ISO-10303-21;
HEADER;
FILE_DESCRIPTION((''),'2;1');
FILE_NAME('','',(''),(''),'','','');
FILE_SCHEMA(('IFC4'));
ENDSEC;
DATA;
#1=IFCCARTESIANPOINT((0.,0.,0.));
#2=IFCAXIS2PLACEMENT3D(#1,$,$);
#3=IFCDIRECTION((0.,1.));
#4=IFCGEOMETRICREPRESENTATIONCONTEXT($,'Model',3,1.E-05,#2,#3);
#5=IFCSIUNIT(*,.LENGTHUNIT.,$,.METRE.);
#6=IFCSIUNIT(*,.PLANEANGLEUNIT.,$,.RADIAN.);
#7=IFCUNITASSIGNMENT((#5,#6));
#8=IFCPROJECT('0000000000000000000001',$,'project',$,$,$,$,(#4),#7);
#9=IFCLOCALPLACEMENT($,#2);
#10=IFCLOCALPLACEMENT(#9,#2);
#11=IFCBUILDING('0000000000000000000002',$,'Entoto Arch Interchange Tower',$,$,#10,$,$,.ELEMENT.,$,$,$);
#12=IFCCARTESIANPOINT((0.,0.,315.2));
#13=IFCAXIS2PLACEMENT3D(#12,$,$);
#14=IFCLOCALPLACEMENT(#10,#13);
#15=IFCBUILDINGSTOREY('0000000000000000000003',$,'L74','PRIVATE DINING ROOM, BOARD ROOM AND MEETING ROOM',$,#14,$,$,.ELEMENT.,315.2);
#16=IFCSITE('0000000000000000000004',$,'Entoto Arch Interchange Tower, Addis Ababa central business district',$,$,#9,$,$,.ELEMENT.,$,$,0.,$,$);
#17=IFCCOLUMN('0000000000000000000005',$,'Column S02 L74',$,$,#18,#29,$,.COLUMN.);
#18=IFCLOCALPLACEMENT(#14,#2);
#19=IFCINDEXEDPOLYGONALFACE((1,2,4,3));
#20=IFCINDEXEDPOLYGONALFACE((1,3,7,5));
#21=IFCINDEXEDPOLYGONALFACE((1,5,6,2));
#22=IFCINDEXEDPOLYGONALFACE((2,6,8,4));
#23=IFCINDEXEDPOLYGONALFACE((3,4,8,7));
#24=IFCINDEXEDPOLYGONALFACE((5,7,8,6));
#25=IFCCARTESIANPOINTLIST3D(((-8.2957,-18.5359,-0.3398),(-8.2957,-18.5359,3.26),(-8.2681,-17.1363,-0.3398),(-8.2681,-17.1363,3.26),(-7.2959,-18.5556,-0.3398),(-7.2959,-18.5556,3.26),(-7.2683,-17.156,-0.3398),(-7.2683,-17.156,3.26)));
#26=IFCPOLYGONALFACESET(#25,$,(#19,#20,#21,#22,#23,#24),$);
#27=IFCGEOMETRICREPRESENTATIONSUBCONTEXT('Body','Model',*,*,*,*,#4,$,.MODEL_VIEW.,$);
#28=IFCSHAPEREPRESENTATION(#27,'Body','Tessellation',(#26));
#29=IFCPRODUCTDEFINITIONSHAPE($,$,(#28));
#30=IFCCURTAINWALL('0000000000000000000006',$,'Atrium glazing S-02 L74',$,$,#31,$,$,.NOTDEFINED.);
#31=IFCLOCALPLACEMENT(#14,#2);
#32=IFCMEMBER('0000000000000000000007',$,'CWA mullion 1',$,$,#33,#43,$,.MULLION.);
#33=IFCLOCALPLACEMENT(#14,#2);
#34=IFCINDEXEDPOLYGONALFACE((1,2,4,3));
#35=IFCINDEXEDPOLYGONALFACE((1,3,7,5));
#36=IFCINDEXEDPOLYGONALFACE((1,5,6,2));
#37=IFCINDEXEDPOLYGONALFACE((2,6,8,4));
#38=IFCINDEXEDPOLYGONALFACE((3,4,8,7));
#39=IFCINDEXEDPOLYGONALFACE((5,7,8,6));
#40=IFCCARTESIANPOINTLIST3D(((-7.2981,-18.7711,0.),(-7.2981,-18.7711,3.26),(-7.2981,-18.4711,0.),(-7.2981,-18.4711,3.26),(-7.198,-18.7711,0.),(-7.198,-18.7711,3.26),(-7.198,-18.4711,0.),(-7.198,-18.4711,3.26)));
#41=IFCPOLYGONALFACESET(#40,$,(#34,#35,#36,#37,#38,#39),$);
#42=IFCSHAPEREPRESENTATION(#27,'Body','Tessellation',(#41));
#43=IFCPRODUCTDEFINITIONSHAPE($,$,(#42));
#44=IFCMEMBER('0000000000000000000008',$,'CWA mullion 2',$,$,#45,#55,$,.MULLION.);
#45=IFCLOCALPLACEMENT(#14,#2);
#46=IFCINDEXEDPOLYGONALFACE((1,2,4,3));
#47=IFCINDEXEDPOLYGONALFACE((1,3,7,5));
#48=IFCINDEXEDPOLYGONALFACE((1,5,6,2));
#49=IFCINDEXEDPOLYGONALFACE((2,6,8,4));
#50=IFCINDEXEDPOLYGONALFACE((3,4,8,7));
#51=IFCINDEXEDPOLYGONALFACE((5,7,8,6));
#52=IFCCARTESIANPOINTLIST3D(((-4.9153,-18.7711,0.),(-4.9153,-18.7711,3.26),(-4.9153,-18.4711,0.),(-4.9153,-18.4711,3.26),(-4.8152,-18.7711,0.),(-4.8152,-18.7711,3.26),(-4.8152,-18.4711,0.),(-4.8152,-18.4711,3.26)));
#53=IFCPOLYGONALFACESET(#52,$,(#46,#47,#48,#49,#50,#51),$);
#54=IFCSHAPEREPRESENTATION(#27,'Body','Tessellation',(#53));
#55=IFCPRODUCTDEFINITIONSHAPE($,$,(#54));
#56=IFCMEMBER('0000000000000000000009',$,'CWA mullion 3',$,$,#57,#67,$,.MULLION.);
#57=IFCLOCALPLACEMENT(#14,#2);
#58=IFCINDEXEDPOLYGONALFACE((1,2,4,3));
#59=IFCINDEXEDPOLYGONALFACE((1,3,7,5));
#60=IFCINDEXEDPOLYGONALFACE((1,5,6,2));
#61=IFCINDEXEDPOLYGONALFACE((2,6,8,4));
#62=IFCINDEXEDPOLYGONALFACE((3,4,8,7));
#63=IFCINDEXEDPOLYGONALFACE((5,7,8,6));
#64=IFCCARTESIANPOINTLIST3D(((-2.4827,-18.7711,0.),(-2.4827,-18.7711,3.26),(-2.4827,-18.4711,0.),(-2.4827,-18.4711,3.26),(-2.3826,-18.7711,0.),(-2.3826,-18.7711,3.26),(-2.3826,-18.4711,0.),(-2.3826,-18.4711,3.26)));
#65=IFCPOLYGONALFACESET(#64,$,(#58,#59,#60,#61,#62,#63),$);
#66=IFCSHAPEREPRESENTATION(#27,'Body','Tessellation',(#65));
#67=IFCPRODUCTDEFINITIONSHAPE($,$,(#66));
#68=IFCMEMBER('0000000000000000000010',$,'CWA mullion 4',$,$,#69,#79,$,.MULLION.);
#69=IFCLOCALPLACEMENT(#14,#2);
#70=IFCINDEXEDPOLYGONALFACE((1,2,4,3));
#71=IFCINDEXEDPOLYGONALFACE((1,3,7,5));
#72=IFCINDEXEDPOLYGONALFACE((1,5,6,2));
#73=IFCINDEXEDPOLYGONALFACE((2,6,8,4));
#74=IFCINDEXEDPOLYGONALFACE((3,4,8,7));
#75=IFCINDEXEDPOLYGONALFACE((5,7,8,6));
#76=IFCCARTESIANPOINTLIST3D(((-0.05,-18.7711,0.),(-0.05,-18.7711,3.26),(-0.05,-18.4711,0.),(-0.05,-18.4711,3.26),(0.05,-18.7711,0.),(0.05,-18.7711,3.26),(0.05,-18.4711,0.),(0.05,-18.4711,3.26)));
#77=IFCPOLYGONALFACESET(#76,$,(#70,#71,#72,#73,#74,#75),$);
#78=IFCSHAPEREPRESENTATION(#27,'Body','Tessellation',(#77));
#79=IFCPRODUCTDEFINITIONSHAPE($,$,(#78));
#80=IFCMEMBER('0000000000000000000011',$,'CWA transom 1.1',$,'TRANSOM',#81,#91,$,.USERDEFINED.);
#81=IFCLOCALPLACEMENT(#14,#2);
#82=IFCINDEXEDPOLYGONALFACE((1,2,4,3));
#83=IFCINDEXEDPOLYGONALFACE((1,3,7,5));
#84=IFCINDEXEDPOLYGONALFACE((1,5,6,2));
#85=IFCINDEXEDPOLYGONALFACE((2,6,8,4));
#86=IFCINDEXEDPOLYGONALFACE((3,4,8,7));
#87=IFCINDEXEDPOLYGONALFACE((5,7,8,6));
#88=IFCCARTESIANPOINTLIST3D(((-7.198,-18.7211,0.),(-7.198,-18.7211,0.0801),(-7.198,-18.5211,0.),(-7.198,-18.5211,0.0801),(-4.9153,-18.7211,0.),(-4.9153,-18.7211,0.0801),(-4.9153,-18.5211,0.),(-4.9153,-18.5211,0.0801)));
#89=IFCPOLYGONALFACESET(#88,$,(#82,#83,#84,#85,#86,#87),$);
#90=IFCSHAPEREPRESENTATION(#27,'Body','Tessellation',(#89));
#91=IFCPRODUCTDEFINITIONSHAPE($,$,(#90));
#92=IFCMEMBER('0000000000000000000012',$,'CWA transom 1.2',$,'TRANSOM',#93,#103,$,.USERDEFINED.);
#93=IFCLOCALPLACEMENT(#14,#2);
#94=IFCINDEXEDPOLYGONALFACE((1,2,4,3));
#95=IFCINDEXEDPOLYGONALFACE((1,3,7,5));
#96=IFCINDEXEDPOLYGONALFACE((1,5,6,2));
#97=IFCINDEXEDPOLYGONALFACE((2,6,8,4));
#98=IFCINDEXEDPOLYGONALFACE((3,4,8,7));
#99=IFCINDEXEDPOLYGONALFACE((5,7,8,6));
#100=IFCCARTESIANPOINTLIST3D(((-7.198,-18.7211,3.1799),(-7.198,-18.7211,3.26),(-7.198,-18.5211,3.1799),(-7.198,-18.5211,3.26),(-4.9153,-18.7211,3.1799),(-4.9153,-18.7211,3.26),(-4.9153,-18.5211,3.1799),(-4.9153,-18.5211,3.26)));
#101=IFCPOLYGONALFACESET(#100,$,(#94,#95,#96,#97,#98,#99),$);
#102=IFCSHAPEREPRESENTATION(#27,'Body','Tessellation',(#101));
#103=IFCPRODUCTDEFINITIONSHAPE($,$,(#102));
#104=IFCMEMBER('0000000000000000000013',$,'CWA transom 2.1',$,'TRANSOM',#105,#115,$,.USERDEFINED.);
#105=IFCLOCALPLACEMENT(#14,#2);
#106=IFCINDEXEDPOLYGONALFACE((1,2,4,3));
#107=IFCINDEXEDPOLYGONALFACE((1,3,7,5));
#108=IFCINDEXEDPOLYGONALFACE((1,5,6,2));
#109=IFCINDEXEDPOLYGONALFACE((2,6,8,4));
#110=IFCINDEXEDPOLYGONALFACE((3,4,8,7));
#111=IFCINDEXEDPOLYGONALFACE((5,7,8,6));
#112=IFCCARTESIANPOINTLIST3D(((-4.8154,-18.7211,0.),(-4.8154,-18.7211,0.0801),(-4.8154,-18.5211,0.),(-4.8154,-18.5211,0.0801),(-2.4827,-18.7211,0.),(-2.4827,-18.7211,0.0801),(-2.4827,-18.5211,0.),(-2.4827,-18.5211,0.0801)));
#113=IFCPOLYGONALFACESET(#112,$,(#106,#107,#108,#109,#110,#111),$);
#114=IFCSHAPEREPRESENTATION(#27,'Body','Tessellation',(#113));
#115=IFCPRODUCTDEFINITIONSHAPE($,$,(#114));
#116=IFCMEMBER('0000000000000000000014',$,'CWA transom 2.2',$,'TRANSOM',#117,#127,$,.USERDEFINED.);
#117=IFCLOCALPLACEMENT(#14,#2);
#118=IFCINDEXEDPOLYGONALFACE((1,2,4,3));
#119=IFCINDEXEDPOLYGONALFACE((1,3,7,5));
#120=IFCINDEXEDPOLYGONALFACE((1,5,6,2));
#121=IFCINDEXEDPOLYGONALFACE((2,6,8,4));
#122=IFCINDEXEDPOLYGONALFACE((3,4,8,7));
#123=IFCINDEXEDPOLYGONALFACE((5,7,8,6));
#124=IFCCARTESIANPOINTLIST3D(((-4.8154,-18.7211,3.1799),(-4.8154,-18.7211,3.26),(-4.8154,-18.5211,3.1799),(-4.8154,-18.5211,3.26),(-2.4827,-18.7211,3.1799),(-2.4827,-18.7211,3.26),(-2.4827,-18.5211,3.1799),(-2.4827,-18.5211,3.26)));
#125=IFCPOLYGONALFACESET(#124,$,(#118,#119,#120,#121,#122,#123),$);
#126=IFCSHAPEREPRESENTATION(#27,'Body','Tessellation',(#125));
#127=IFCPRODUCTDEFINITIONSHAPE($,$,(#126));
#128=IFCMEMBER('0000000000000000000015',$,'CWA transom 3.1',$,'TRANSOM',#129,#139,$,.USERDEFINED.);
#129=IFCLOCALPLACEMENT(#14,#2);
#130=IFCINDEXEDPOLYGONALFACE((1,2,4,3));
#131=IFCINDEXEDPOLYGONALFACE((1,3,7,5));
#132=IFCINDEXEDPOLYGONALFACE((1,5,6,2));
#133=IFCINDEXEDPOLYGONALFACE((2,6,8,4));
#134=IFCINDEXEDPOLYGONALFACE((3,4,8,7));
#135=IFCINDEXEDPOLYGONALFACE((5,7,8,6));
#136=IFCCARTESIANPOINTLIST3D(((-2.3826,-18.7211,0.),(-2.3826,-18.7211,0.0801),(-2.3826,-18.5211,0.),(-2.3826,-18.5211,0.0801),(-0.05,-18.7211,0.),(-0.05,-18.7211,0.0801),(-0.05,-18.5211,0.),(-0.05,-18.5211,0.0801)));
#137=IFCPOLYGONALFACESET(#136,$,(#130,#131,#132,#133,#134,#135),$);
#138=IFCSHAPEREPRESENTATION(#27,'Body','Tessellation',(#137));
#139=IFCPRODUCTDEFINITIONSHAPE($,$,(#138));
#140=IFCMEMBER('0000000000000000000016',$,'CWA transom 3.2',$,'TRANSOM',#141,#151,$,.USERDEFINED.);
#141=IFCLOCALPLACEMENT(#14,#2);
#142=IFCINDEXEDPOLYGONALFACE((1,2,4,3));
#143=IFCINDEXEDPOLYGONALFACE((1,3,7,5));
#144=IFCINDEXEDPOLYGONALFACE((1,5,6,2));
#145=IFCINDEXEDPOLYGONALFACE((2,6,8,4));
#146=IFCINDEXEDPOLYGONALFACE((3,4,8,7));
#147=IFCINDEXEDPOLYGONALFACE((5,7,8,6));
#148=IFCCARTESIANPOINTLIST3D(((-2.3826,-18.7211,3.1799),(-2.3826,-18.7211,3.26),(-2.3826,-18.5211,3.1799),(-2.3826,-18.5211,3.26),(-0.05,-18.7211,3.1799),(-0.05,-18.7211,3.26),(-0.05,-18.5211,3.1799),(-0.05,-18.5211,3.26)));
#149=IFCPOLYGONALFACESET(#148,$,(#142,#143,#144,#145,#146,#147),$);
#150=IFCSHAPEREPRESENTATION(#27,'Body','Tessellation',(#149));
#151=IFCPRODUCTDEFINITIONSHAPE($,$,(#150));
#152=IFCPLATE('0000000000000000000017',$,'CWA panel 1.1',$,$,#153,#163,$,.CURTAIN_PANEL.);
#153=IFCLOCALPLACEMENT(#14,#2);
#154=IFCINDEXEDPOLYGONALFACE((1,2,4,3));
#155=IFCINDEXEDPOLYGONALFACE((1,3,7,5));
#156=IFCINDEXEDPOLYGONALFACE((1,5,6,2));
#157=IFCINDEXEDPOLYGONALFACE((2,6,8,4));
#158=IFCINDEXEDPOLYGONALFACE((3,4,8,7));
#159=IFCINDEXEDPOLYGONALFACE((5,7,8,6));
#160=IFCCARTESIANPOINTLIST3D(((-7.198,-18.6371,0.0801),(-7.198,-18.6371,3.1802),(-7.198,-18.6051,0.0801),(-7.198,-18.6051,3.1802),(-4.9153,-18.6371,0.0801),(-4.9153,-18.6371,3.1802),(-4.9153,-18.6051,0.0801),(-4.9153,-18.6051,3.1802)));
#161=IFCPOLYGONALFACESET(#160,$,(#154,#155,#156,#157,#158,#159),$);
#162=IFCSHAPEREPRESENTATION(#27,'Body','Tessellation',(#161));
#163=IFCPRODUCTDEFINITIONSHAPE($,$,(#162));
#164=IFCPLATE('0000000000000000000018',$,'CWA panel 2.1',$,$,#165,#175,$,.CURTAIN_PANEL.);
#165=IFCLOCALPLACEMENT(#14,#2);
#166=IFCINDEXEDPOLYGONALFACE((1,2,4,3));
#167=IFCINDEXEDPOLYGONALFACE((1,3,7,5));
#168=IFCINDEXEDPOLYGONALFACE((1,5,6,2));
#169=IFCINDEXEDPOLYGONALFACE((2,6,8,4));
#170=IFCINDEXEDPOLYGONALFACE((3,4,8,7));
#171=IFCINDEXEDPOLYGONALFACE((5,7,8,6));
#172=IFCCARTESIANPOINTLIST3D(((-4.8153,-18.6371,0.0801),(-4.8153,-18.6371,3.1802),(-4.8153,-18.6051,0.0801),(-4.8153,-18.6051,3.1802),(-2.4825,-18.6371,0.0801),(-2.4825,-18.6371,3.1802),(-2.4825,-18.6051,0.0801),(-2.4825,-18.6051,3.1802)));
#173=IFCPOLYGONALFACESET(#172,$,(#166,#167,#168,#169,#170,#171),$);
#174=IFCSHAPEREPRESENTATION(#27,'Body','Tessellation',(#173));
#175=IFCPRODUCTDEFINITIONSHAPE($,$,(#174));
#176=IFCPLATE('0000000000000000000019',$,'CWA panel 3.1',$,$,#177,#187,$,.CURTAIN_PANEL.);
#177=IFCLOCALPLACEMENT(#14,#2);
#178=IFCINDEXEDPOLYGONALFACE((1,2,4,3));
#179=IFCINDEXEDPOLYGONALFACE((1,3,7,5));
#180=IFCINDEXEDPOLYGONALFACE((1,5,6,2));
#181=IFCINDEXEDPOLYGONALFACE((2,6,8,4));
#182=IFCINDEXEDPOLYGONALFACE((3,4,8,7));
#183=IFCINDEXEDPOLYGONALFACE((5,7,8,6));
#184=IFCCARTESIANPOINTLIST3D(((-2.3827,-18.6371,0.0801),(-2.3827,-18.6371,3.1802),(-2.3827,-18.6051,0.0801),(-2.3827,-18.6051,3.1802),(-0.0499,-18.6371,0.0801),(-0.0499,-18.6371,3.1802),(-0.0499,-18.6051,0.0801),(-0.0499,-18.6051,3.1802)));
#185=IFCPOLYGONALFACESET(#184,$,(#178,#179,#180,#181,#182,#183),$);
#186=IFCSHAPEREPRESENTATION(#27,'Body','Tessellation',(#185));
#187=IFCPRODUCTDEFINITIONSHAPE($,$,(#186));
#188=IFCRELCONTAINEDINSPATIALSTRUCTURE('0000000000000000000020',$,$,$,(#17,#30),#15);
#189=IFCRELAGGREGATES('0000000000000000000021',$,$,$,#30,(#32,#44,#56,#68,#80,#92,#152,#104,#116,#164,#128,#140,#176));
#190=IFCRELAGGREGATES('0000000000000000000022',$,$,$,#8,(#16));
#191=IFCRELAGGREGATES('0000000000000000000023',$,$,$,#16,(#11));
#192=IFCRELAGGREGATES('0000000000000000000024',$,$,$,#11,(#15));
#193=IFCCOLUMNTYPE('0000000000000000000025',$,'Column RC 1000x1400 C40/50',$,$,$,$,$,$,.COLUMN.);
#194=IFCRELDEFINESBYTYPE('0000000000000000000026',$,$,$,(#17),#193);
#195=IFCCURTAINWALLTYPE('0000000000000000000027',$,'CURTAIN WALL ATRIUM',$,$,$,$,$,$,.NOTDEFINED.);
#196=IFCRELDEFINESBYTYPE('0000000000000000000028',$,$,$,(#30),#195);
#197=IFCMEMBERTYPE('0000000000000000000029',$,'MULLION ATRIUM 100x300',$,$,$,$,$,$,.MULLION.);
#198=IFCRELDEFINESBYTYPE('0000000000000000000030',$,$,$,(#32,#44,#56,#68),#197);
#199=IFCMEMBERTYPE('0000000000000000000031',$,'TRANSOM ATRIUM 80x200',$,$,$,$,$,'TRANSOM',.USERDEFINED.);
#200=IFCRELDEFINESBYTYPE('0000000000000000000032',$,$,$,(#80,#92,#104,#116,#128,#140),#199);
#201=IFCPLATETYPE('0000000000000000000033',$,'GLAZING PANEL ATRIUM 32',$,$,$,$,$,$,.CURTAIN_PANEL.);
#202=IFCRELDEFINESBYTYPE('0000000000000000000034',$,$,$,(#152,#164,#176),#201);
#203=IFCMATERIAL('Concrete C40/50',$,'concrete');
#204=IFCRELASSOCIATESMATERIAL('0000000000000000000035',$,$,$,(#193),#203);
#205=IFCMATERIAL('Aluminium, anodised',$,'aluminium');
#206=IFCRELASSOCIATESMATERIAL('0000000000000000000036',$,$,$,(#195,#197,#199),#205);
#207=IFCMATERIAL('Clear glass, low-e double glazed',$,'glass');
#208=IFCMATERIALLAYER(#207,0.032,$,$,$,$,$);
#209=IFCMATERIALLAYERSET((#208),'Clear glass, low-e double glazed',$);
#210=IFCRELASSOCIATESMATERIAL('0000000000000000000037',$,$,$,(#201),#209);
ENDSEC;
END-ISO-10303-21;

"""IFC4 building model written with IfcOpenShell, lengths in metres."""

from ifc_helpers import new_model, si_unit, direction, frame, origin, origin_2d, place, context, subcontext, project, spatial, rectangle, extrude, material, layer, layer_set, material_profile, profile_set, type_object, element, aggregate, save


model = new_model("IFC4")

# Units and contexts
model_context = context("Model", 3, precision=1e-05, world=origin(), true_north=direction((0.0, 1.0)))
body_context = subcontext(model_context, "Body", "Model", "MODEL_VIEW")
ifc_project = project(units=[si_unit("LENGTHUNIT", "METRE"), si_unit("PLANEANGLEUNIT", "RADIAN")], contexts=[model_context])

# Site, building, storey
site_placement = place(None, origin())
site = spatial("IfcSite", under=ifc_project, at=site_placement, Name="Entoto Arch Interchange Tower, Addis Ababa central business district", CompositionType="ELEMENT", RefElevation=0.0)
building_placement = place(site_placement, origin())
building = spatial("IfcBuilding", under=site, at=building_placement, Name="Entoto Arch Interchange Tower", CompositionType="ELEMENT")
storey_placement = place(building_placement, frame((0.0, 0.0, 315.2)))
storey = spatial("IfcBuildingStorey", under=building, at=storey_placement, Name="L74", Description="PRIVATE DINING ROOM, BOARD ROOM AND MEETING ROOM", CompositionType="ELEMENT", Elevation=315.2)

# Column
ifc_material_1 = material(Name="Concrete C40/50", Category="concrete")
ifc_material_profile_1 = material_profile(ifc_material_1, rectangle(XDim=1.0, YDim=1.3999, at=origin_2d()))
ifc_profile_set_1 = profile_set([ifc_material_profile_1], Name="Concrete C40/50")
column_type = type_object("IfcColumnType", Name="Column RC 1000x1400 C40/50", PredefinedType="COLUMN", material=ifc_profile_set_1)
column_placement = place(storey_placement, frame((-7.782, -17.8459, -0.3398), z_axis=(0.0, 0.0, 1.0), x_axis=(-0.999806, 0.019721, 0.0)))
element("IfcColumn", 1, at=column_placement, inside=storey, type_object=column_type, Name="Column S02 L74", PredefinedType="COLUMN", context=body_context, shape_type="SweptSolid", body=[
    extrude(rectangle(XDim=1.0, YDim=1.3999, at=origin_2d()), origin(), (0.0, 0.0, 1.0), 3.5999),
])

# Curtain wall, members, plates
ifc_material_2 = material(Name="Aluminium, anodised", Category="aluminium")
curtain_wall_type = type_object("IfcCurtainWallType", Name="CURTAIN WALL ATRIUM", PredefinedType="NOTDEFINED", material=ifc_material_2)
curtain_wall_placement = place(storey_placement, origin())
curtain_wall = element("IfcCurtainWall", 2, at=curtain_wall_placement, inside=storey, type_object=curtain_wall_type, Name="Atrium glazing S-02 L74", PredefinedType="NOTDEFINED")
ifc_material_profile_2 = material_profile(ifc_material_2, rectangle(XDim=0.3, YDim=0.1001, at=origin_2d()))
ifc_profile_set_2 = profile_set([ifc_material_profile_2], Name="Aluminium, anodised")
member_type_1 = type_object("IfcMemberType", Name="MULLION ATRIUM 100x300", PredefinedType="MULLION", material=ifc_profile_set_2)
member_1_placement = place(storey_placement, frame((-7.248, -18.6211, 0.0), z_axis=(0.0, 0.0, 1.0), x_axis=(0.0, 1.0, 0.0)))
member_1 = element("IfcMember", 3, at=member_1_placement, type_object=member_type_1, Name="CWA mullion 1", PredefinedType="MULLION", context=body_context, shape_type="SweptSolid", body=[
    extrude(rectangle(XDim=0.3, YDim=0.1001, at=origin_2d()), origin(), (0.0, 0.0, 1.0), 3.26),
])
member_2_placement = place(storey_placement, frame((-4.8652, -18.6211, 0.0), z_axis=(0.0, 0.0, 1.0), x_axis=(0.0, 1.0, 0.0)))
member_2 = element("IfcMember", 4, at=member_2_placement, type_object=member_type_1, Name="CWA mullion 2", PredefinedType="MULLION", context=body_context, shape_type="SweptSolid", body=[
    extrude(rectangle(XDim=0.3, YDim=0.1001, at=origin_2d()), origin(), (0.0, 0.0, 1.0), 3.26),
])
member_3_placement = place(storey_placement, frame((-2.4326, -18.6211, 0.0), z_axis=(0.0, 0.0, 1.0), x_axis=(0.0, 1.0, 0.0)))
member_3 = element("IfcMember", 5, at=member_3_placement, type_object=member_type_1, Name="CWA mullion 3", PredefinedType="MULLION", context=body_context, shape_type="SweptSolid", body=[
    extrude(rectangle(XDim=0.3, YDim=0.1001, at=origin_2d()), origin(), (0.0, 0.0, 1.0), 3.26),
])
member_4_placement = place(storey_placement, frame((0.0, -18.6211, 0.0), z_axis=(0.0, 0.0, 1.0), x_axis=(0.0, 1.0, 0.0)))
member_4 = element("IfcMember", 6, at=member_4_placement, type_object=member_type_1, Name="CWA mullion 4", PredefinedType="MULLION", context=body_context, shape_type="SweptSolid", body=[
    extrude(rectangle(XDim=0.3, YDim=0.1001, at=origin_2d()), origin(), (0.0, 0.0, 1.0), 3.26),
])
ifc_material_profile_3 = material_profile(ifc_material_2, rectangle(XDim=0.2, YDim=0.0801, at=origin_2d()))
ifc_profile_set_3 = profile_set([ifc_material_profile_3], Name="Aluminium, anodised")
member_type_2 = type_object("IfcMemberType", Name="TRANSOM ATRIUM 80x200", ElementType="TRANSOM", PredefinedType="USERDEFINED", material=ifc_profile_set_3)
member_5_placement = place(storey_placement, frame((-7.198, -18.6211, 0.04), z_axis=(1.0, 0.0, 0.0), x_axis=(0.0, 1.0, 0.0)))
member_5 = element("IfcMember", 7, at=member_5_placement, type_object=member_type_2, Name="CWA transom 1.1", ObjectType="TRANSOM", PredefinedType="USERDEFINED", context=body_context, shape_type="SweptSolid", body=[
    extrude(rectangle(XDim=0.2, YDim=0.0801, at=origin_2d()), origin(), (0.0, 0.0, 1.0), 2.2827),
])
member_6_placement = place(storey_placement, frame((-7.198, -18.6211, 3.22), z_axis=(1.0, 0.0, 0.0), x_axis=(0.0, 1.0, 0.0)))
member_6 = element("IfcMember", 8, at=member_6_placement, type_object=member_type_2, Name="CWA transom 1.2", ObjectType="TRANSOM", PredefinedType="USERDEFINED", context=body_context, shape_type="SweptSolid", body=[
    extrude(rectangle(XDim=0.2, YDim=0.0801, at=origin_2d()), origin(), (0.0, 0.0, 1.0), 2.2827),
])
member_7_placement = place(storey_placement, frame((-4.8154, -18.6211, 0.04), z_axis=(1.0, 0.0, 0.0), x_axis=(0.0, 1.0, 0.0)))
member_7 = element("IfcMember", 9, at=member_7_placement, type_object=member_type_2, Name="CWA transom 2.1", ObjectType="TRANSOM", PredefinedType="USERDEFINED", context=body_context, shape_type="SweptSolid", body=[
    extrude(rectangle(XDim=0.2, YDim=0.0801, at=origin_2d()), origin(), (0.0, 0.0, 1.0), 2.3328),
])
member_8_placement = place(storey_placement, frame((-4.8154, -18.6211, 3.22), z_axis=(1.0, 0.0, 0.0), x_axis=(0.0, 1.0, 0.0)))
member_8 = element("IfcMember", 10, at=member_8_placement, type_object=member_type_2, Name="CWA transom 2.2", ObjectType="TRANSOM", PredefinedType="USERDEFINED", context=body_context, shape_type="SweptSolid", body=[
    extrude(rectangle(XDim=0.2, YDim=0.0801, at=origin_2d()), origin(), (0.0, 0.0, 1.0), 2.3328),
])
member_9_placement = place(storey_placement, frame((-2.3826, -18.6211, 0.04), z_axis=(1.0, 0.0, 0.0), x_axis=(0.0, 1.0, 0.0)))
member_9 = element("IfcMember", 11, at=member_9_placement, type_object=member_type_2, Name="CWA transom 3.1", ObjectType="TRANSOM", PredefinedType="USERDEFINED", context=body_context, shape_type="SweptSolid", body=[
    extrude(rectangle(XDim=0.2, YDim=0.0801, at=origin_2d()), origin(), (0.0, 0.0, 1.0), 2.3325),
])
member_10_placement = place(storey_placement, frame((-2.3826, -18.6211, 3.22), z_axis=(1.0, 0.0, 0.0), x_axis=(0.0, 1.0, 0.0)))
member_10 = element("IfcMember", 12, at=member_10_placement, type_object=member_type_2, Name="CWA transom 3.2", ObjectType="TRANSOM", PredefinedType="USERDEFINED", context=body_context, shape_type="SweptSolid", body=[
    extrude(rectangle(XDim=0.2, YDim=0.0801, at=origin_2d()), origin(), (0.0, 0.0, 1.0), 2.3325),
])
ifc_material_3 = material(Name="Clear glass, low-e double glazed", Category="glass")
ifc_layer_1 = layer(ifc_material_3, 0.032)
ifc_layer_set_1 = layer_set([ifc_layer_1], Name="Clear glass, low-e double glazed")
plate_type = type_object("IfcPlateType", Name="GLAZING PANEL ATRIUM 32", PredefinedType="CURTAIN_PANEL", material=ifc_layer_set_1)
plate_1_placement = place(storey_placement, frame((-6.0566, -18.6211, 0.0801), z_axis=(0.0, 0.0, 1.0), x_axis=(1.0, 0.0, 0.0)))
plate_1 = element("IfcPlate", 13, at=plate_1_placement, type_object=plate_type, Name="CWA panel 1.1", PredefinedType="CURTAIN_PANEL", context=body_context, shape_type="SweptSolid", body=[
    extrude(rectangle(XDim=2.2827, YDim=0.032, at=origin_2d()), origin(), (0.0, 0.0, 1.0), 3.1001),
])
plate_2_placement = place(storey_placement, frame((-3.6489, -18.6211, 0.0801), z_axis=(0.0, 0.0, 1.0), x_axis=(1.0, 0.0, 0.0)))
plate_2 = element("IfcPlate", 14, at=plate_2_placement, type_object=plate_type, Name="CWA panel 2.1", PredefinedType="CURTAIN_PANEL", context=body_context, shape_type="SweptSolid", body=[
    extrude(rectangle(XDim=2.3328, YDim=0.032, at=origin_2d()), origin(), (0.0, 0.0, 1.0), 3.1001),
])
plate_3_placement = place(storey_placement, frame((-1.2163, -18.6211, 0.0801), z_axis=(0.0, 0.0, 1.0), x_axis=(1.0, 0.0, 0.0)))
plate_3 = element("IfcPlate", 15, at=plate_3_placement, type_object=plate_type, Name="CWA panel 3.1", PredefinedType="CURTAIN_PANEL", context=body_context, shape_type="SweptSolid", body=[
    extrude(rectangle(XDim=2.3328, YDim=0.032, at=origin_2d()), origin(), (0.0, 0.0, 1.0), 3.1001),
])
aggregate(curtain_wall, [member_1, member_2, member_3, member_4, member_5, member_6, plate_1, member_7, member_8, plate_2, member_9, member_10, plate_3])

save(model, "model.ifc")
